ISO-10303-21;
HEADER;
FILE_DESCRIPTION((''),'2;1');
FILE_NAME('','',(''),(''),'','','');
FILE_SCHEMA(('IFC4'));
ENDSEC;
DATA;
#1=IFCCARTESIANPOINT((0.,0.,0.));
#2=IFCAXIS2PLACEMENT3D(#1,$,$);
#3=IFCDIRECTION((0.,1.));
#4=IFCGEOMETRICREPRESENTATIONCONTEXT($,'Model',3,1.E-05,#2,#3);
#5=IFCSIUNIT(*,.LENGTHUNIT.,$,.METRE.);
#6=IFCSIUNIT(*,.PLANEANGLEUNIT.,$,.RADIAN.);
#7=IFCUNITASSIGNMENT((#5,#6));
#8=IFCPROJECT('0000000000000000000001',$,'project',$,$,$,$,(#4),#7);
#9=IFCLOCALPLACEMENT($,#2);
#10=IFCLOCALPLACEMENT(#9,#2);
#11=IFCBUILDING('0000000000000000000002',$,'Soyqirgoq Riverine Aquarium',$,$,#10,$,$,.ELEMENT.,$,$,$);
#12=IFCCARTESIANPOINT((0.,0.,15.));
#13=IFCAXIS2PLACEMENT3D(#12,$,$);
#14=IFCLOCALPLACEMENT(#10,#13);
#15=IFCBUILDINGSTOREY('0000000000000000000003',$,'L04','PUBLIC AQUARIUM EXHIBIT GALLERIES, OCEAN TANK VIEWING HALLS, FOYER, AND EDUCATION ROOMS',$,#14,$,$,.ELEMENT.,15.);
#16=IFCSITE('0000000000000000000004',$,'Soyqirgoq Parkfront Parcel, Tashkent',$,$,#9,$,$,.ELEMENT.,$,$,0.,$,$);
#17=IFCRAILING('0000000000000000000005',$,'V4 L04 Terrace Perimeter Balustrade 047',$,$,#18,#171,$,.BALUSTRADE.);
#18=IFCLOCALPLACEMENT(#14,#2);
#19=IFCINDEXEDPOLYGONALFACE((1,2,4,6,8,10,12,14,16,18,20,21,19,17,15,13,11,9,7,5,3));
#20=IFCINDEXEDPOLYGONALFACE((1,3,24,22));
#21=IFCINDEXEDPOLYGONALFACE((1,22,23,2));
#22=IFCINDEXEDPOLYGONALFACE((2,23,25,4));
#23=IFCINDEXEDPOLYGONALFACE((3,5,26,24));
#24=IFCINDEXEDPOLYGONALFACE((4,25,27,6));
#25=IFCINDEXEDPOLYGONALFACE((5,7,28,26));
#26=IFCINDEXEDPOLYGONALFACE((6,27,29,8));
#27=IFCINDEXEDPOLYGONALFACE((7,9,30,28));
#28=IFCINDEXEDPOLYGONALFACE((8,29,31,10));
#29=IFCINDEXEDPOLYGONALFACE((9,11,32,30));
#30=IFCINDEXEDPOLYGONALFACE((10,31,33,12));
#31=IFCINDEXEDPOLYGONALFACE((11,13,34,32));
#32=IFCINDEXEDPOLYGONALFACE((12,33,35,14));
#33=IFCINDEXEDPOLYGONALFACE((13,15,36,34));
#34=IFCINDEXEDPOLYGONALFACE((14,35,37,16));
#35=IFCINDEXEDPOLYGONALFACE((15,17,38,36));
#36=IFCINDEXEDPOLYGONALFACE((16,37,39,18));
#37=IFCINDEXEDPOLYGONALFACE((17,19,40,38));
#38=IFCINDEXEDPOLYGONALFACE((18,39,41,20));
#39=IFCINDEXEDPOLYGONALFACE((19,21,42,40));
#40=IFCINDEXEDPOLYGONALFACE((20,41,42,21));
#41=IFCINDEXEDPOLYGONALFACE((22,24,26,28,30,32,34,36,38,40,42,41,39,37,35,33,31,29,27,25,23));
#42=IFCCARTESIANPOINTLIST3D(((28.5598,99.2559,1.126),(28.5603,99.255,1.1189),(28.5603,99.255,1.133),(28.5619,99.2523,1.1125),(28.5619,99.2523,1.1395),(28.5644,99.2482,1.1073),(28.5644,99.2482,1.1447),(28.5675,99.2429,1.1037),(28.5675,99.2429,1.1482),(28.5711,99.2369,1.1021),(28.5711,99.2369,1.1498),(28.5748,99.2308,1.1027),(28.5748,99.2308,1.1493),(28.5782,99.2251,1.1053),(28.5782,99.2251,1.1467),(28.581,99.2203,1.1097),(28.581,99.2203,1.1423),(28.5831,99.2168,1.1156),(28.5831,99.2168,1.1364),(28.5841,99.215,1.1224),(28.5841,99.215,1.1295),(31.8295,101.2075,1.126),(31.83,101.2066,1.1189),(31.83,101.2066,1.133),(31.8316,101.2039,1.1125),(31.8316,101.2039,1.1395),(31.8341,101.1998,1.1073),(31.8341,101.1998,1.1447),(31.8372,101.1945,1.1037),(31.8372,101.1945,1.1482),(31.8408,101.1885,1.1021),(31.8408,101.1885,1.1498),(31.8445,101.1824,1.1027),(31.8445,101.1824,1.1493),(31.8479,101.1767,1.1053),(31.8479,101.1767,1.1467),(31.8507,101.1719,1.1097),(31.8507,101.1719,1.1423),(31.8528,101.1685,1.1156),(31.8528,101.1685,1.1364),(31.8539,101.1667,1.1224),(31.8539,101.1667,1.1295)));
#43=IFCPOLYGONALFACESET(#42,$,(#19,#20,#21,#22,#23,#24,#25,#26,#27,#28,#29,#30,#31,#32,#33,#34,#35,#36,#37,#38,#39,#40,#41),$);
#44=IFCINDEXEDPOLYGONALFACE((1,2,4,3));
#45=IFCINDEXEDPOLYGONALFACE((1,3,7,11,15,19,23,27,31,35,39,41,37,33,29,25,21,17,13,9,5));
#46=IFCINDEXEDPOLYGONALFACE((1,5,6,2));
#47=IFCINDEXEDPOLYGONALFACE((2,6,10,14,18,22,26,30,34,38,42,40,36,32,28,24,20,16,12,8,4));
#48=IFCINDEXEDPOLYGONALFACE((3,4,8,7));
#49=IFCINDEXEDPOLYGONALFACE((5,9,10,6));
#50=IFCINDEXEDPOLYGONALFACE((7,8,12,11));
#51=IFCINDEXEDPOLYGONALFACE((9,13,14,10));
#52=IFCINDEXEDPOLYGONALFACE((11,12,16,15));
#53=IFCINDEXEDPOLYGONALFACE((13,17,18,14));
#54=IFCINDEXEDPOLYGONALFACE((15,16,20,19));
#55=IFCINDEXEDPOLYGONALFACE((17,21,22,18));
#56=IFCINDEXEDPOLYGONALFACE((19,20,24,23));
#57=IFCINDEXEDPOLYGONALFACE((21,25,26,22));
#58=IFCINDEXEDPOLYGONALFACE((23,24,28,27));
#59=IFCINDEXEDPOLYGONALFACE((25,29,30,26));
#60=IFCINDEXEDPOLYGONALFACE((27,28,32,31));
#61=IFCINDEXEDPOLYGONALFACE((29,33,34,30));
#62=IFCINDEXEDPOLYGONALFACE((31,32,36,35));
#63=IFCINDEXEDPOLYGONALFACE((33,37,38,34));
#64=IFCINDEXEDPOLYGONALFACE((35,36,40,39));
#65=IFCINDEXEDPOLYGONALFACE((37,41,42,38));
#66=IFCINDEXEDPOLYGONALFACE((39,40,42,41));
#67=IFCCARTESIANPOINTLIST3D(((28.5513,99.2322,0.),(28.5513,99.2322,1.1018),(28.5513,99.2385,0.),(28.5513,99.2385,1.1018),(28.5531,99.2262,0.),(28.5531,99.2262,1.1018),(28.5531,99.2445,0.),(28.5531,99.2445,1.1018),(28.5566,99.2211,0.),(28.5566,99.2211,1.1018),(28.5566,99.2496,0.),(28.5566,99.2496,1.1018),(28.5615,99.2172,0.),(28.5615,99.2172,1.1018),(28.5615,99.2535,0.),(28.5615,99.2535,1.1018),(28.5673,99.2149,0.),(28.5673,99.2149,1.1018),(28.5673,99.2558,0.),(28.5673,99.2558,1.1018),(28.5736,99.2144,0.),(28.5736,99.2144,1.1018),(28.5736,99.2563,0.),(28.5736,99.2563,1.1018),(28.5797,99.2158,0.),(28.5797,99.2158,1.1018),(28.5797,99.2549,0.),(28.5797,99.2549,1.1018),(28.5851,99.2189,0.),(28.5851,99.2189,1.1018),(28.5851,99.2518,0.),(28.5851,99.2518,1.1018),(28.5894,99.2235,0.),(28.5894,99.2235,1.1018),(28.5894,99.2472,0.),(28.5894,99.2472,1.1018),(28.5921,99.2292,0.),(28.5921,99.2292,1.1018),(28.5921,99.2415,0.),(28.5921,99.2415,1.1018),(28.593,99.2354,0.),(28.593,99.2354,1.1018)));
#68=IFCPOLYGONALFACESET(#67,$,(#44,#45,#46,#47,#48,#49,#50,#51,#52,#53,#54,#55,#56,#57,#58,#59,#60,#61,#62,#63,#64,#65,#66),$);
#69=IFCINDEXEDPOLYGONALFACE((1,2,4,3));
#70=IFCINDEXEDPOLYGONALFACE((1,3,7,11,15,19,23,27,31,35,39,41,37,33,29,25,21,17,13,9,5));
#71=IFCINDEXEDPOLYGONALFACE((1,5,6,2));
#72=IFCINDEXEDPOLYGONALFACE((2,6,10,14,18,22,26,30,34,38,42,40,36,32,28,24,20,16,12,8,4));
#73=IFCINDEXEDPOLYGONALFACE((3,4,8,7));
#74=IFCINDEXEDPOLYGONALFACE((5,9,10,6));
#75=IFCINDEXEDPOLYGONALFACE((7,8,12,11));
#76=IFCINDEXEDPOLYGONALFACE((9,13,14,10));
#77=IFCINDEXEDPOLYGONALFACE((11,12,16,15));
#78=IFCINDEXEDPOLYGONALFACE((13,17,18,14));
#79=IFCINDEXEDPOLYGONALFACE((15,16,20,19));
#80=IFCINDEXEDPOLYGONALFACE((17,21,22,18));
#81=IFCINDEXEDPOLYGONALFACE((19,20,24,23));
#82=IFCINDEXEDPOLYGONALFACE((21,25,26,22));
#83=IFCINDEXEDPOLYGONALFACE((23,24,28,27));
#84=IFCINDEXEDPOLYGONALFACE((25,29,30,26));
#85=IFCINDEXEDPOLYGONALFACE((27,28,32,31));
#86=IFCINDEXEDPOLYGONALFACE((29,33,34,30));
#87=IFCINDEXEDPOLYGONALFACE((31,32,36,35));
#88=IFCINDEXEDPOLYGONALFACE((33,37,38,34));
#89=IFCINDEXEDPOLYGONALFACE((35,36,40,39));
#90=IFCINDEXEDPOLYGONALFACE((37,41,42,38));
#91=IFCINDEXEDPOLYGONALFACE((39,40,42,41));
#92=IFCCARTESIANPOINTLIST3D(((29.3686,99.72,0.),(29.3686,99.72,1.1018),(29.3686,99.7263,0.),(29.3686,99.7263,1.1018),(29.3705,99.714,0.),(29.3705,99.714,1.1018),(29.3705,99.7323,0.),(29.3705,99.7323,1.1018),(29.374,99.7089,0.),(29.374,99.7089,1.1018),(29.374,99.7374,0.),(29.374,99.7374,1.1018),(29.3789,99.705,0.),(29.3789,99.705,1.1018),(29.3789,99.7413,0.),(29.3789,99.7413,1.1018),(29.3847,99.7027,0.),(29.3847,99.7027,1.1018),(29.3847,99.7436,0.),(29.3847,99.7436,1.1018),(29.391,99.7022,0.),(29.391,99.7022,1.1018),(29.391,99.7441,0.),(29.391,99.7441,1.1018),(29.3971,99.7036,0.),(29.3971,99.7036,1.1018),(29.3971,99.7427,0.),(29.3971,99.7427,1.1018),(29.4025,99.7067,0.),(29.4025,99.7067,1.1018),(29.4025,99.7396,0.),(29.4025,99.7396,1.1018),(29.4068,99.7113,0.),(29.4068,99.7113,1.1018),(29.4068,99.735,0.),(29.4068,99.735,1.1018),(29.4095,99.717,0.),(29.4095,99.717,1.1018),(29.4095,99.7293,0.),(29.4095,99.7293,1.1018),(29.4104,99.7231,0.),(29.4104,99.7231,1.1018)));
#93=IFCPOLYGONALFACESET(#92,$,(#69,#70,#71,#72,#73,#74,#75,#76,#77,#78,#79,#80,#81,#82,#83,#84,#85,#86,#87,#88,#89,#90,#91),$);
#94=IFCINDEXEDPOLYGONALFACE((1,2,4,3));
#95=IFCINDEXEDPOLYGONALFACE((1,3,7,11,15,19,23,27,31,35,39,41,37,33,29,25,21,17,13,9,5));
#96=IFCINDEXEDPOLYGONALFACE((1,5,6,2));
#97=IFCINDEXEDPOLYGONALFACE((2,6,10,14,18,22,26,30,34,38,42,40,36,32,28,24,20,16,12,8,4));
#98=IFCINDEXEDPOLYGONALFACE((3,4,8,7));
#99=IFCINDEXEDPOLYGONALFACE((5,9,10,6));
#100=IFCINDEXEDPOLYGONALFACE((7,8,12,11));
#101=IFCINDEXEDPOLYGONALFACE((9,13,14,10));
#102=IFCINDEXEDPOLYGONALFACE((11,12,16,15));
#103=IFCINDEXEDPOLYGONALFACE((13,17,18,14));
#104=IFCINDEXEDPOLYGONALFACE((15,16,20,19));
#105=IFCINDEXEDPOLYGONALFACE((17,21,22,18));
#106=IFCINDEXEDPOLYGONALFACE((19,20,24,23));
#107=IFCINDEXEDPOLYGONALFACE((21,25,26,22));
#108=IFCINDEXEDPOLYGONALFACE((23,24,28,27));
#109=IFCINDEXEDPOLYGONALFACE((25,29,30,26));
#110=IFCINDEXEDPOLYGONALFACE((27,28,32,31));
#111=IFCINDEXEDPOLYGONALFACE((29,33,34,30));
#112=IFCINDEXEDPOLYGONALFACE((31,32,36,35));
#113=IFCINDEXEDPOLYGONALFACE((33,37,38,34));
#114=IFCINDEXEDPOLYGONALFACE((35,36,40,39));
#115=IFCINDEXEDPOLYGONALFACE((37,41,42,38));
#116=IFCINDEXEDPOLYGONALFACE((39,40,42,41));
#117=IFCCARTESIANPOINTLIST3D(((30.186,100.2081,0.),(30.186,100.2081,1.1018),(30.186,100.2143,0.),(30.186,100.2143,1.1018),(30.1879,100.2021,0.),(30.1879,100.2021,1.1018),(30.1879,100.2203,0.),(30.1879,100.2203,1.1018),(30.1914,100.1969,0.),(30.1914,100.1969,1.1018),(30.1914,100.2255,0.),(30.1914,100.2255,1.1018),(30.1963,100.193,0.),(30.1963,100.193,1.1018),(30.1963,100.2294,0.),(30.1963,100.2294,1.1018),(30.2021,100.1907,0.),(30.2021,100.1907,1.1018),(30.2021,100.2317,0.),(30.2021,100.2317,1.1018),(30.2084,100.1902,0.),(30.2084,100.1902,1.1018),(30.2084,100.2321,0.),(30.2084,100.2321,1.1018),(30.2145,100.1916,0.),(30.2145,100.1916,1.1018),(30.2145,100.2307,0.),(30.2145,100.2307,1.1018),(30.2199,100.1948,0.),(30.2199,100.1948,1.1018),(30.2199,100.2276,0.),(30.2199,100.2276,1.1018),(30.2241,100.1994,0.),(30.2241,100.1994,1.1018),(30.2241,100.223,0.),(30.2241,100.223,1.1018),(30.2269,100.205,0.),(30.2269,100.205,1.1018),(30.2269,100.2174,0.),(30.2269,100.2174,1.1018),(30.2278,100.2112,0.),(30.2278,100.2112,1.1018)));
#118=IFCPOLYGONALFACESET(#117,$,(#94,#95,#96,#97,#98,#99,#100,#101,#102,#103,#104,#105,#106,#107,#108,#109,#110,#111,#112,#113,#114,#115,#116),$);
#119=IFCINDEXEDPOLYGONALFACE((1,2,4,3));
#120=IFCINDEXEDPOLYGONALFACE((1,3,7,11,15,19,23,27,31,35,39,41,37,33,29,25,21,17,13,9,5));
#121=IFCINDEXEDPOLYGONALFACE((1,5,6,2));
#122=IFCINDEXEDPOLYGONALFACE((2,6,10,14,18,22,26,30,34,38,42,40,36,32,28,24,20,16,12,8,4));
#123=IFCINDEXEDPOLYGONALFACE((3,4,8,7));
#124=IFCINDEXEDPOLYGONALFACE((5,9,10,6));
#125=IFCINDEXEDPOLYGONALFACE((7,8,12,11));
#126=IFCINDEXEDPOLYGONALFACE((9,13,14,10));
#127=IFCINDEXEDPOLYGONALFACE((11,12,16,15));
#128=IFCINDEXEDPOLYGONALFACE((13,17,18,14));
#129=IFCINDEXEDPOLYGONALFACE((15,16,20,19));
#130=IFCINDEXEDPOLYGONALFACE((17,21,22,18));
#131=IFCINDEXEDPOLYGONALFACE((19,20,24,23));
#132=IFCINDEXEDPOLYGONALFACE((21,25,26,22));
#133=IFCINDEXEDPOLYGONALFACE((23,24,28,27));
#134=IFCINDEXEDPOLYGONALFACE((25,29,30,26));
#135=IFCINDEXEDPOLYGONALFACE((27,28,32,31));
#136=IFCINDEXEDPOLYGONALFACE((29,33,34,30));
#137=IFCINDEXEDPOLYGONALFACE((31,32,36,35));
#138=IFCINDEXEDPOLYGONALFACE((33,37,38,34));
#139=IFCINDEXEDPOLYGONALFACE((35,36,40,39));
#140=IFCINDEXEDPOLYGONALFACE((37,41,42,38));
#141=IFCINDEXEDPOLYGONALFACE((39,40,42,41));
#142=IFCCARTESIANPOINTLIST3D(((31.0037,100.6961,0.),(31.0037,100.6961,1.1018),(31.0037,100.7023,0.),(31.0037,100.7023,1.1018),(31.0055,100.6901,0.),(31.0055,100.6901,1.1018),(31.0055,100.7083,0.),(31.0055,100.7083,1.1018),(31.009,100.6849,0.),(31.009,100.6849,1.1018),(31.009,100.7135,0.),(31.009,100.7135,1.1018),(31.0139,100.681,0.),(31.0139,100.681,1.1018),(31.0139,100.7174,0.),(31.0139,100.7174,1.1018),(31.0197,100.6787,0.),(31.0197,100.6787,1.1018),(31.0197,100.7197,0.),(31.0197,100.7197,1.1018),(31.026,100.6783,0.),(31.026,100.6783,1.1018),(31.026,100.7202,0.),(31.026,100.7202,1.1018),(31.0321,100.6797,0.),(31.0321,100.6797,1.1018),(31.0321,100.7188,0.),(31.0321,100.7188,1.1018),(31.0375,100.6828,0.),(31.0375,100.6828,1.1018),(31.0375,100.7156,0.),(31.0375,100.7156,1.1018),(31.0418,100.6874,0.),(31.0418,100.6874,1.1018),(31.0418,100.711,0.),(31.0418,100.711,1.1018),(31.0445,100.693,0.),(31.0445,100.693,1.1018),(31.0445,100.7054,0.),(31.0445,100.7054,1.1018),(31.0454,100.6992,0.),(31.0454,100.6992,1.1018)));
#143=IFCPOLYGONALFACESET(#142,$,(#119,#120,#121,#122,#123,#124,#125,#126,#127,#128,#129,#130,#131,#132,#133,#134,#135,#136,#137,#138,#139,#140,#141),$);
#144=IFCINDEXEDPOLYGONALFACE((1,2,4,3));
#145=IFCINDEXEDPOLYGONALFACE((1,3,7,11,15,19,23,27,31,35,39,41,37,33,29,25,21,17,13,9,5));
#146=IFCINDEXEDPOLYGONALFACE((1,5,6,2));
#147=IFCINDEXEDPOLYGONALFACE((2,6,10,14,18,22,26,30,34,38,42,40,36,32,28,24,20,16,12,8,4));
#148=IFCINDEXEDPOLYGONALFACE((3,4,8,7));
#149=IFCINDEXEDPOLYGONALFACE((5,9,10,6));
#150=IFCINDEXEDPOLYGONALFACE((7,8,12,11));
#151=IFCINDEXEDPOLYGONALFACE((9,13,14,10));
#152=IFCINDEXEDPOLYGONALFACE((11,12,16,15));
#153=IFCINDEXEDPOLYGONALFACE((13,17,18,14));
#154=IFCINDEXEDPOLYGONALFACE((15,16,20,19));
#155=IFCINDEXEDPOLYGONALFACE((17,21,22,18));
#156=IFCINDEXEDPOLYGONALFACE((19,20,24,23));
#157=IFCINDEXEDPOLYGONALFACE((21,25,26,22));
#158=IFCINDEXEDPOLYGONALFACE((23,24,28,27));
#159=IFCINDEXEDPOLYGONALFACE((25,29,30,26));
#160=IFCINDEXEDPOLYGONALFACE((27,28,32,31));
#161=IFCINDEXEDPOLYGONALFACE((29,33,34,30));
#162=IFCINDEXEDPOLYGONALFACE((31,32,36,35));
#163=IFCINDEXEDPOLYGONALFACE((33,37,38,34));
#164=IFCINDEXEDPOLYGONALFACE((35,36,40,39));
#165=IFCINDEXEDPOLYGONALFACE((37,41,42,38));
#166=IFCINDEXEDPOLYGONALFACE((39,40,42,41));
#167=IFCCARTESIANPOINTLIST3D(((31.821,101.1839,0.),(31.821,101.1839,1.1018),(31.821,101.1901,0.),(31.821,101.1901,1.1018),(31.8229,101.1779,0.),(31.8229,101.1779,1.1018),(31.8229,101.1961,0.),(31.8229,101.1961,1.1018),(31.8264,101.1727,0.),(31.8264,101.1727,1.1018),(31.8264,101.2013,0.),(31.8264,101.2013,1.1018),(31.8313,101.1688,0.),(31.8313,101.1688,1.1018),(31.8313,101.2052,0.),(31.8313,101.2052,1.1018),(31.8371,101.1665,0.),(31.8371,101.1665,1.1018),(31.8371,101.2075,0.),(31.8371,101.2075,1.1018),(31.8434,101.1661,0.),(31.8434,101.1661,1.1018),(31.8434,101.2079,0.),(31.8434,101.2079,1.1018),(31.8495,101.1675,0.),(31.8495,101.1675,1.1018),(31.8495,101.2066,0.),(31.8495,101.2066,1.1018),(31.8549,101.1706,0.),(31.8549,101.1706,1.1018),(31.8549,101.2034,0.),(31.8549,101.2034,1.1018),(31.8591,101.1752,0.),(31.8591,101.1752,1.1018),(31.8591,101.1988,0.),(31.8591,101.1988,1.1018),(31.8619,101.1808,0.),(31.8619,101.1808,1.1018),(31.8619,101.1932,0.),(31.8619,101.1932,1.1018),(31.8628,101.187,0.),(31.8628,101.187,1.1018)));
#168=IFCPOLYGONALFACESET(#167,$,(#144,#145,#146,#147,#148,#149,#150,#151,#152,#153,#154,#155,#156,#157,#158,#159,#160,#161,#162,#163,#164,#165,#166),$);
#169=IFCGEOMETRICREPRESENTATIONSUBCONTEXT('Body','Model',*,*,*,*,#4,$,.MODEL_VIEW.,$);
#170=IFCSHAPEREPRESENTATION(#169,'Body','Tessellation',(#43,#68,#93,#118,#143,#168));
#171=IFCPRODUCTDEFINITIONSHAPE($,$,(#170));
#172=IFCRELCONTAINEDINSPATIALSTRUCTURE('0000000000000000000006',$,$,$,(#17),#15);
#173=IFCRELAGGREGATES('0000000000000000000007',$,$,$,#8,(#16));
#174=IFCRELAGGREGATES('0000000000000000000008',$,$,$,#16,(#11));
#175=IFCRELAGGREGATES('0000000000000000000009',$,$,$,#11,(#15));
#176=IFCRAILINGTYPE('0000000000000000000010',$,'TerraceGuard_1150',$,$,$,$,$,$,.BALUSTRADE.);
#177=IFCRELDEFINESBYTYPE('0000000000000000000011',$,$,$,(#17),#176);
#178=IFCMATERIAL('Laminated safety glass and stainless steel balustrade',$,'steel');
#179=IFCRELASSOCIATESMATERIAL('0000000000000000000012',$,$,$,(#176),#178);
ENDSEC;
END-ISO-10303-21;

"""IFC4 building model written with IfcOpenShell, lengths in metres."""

from ifc_helpers import new_model, si_unit, direction, frame, origin, origin_2d, place, context, subcontext, project, spatial, circle, extrude, material, type_object, element, save


model = new_model("IFC4")

# Units and contexts
model_context = context("Model", 3, precision=1e-05, world=origin(), true_north=direction((0.0, 1.0)))
body_context = subcontext(model_context, "Body", "Model", "MODEL_VIEW")
ifc_project = project(units=[si_unit("LENGTHUNIT", "METRE"), si_unit("PLANEANGLEUNIT", "RADIAN")], contexts=[model_context])

# Site, building, storey
site_placement = place(None, origin())
site = spatial("IfcSite", under=ifc_project, at=site_placement, Name="Soyqirgoq Parkfront Parcel, Tashkent", CompositionType="ELEMENT", RefElevation=0.0)
building_placement = place(site_placement, origin())
building = spatial("IfcBuilding", under=site, at=building_placement, Name="Soyqirgoq Riverine Aquarium", CompositionType="ELEMENT")
storey_placement = place(building_placement, frame((0.0, 0.0, 15.0)))
storey = spatial("IfcBuildingStorey", under=building, at=storey_placement, Name="L04", Description="PUBLIC AQUARIUM EXHIBIT GALLERIES, OCEAN TANK VIEWING HALLS, FOYER, AND EDUCATION ROOMS", CompositionType="ELEMENT", Elevation=15.0)

# Railing
ifc_material_1 = material(Name="Laminated safety glass and stainless steel balustrade", Category="steel")
railing_type = type_object("IfcRailingType", Name="TerraceGuard_1150", PredefinedType="BALUSTRADE", material=ifc_material_1)
railing_1_placement = place(storey_placement, frame((28.572, 99.2354, 0.0)))
element("IfcRailing", 1, at=railing_1_placement, inside=storey, type_object=railing_type, Name="V4 L04 Terrace Perimeter Balustrade 047", PredefinedType="BALUSTRADE", context=body_context, shape_type="SweptSolid", body=[
    extrude(circle(Radius=0.0239, at=origin_2d()), frame((0.0, 0.0, 1.126), z_axis=(0.858673, 0.512524, 0.0), x_axis=(-0.512524, 0.858673, 0.0)), (0.0, 0.0, 1.0), 3.8079),
    extrude(circle(Radius=0.021, at=origin_2d()), origin(), (0.0, 0.0, 1.0), 1.1018),
    extrude(circle(Radius=0.021, at=origin_2d()), frame((0.8174, 0.4878, 0.0)), (0.0, 0.0, 1.0), 1.1018),
    extrude(circle(Radius=0.021, at=origin_2d()), frame((1.6348, 0.9758, 0.0)), (0.0, 0.0, 1.0), 1.1018),
    extrude(circle(Radius=0.021, at=origin_2d()), frame((2.4524, 1.4639, 0.0)), (0.0, 0.0, 1.0), 1.1018),
    extrude(circle(Radius=0.021, at=origin_2d()), frame((3.2698, 1.9517, 0.0)), (0.0, 0.0, 1.0), 1.1018),
])

save(model, "model.ifc")
